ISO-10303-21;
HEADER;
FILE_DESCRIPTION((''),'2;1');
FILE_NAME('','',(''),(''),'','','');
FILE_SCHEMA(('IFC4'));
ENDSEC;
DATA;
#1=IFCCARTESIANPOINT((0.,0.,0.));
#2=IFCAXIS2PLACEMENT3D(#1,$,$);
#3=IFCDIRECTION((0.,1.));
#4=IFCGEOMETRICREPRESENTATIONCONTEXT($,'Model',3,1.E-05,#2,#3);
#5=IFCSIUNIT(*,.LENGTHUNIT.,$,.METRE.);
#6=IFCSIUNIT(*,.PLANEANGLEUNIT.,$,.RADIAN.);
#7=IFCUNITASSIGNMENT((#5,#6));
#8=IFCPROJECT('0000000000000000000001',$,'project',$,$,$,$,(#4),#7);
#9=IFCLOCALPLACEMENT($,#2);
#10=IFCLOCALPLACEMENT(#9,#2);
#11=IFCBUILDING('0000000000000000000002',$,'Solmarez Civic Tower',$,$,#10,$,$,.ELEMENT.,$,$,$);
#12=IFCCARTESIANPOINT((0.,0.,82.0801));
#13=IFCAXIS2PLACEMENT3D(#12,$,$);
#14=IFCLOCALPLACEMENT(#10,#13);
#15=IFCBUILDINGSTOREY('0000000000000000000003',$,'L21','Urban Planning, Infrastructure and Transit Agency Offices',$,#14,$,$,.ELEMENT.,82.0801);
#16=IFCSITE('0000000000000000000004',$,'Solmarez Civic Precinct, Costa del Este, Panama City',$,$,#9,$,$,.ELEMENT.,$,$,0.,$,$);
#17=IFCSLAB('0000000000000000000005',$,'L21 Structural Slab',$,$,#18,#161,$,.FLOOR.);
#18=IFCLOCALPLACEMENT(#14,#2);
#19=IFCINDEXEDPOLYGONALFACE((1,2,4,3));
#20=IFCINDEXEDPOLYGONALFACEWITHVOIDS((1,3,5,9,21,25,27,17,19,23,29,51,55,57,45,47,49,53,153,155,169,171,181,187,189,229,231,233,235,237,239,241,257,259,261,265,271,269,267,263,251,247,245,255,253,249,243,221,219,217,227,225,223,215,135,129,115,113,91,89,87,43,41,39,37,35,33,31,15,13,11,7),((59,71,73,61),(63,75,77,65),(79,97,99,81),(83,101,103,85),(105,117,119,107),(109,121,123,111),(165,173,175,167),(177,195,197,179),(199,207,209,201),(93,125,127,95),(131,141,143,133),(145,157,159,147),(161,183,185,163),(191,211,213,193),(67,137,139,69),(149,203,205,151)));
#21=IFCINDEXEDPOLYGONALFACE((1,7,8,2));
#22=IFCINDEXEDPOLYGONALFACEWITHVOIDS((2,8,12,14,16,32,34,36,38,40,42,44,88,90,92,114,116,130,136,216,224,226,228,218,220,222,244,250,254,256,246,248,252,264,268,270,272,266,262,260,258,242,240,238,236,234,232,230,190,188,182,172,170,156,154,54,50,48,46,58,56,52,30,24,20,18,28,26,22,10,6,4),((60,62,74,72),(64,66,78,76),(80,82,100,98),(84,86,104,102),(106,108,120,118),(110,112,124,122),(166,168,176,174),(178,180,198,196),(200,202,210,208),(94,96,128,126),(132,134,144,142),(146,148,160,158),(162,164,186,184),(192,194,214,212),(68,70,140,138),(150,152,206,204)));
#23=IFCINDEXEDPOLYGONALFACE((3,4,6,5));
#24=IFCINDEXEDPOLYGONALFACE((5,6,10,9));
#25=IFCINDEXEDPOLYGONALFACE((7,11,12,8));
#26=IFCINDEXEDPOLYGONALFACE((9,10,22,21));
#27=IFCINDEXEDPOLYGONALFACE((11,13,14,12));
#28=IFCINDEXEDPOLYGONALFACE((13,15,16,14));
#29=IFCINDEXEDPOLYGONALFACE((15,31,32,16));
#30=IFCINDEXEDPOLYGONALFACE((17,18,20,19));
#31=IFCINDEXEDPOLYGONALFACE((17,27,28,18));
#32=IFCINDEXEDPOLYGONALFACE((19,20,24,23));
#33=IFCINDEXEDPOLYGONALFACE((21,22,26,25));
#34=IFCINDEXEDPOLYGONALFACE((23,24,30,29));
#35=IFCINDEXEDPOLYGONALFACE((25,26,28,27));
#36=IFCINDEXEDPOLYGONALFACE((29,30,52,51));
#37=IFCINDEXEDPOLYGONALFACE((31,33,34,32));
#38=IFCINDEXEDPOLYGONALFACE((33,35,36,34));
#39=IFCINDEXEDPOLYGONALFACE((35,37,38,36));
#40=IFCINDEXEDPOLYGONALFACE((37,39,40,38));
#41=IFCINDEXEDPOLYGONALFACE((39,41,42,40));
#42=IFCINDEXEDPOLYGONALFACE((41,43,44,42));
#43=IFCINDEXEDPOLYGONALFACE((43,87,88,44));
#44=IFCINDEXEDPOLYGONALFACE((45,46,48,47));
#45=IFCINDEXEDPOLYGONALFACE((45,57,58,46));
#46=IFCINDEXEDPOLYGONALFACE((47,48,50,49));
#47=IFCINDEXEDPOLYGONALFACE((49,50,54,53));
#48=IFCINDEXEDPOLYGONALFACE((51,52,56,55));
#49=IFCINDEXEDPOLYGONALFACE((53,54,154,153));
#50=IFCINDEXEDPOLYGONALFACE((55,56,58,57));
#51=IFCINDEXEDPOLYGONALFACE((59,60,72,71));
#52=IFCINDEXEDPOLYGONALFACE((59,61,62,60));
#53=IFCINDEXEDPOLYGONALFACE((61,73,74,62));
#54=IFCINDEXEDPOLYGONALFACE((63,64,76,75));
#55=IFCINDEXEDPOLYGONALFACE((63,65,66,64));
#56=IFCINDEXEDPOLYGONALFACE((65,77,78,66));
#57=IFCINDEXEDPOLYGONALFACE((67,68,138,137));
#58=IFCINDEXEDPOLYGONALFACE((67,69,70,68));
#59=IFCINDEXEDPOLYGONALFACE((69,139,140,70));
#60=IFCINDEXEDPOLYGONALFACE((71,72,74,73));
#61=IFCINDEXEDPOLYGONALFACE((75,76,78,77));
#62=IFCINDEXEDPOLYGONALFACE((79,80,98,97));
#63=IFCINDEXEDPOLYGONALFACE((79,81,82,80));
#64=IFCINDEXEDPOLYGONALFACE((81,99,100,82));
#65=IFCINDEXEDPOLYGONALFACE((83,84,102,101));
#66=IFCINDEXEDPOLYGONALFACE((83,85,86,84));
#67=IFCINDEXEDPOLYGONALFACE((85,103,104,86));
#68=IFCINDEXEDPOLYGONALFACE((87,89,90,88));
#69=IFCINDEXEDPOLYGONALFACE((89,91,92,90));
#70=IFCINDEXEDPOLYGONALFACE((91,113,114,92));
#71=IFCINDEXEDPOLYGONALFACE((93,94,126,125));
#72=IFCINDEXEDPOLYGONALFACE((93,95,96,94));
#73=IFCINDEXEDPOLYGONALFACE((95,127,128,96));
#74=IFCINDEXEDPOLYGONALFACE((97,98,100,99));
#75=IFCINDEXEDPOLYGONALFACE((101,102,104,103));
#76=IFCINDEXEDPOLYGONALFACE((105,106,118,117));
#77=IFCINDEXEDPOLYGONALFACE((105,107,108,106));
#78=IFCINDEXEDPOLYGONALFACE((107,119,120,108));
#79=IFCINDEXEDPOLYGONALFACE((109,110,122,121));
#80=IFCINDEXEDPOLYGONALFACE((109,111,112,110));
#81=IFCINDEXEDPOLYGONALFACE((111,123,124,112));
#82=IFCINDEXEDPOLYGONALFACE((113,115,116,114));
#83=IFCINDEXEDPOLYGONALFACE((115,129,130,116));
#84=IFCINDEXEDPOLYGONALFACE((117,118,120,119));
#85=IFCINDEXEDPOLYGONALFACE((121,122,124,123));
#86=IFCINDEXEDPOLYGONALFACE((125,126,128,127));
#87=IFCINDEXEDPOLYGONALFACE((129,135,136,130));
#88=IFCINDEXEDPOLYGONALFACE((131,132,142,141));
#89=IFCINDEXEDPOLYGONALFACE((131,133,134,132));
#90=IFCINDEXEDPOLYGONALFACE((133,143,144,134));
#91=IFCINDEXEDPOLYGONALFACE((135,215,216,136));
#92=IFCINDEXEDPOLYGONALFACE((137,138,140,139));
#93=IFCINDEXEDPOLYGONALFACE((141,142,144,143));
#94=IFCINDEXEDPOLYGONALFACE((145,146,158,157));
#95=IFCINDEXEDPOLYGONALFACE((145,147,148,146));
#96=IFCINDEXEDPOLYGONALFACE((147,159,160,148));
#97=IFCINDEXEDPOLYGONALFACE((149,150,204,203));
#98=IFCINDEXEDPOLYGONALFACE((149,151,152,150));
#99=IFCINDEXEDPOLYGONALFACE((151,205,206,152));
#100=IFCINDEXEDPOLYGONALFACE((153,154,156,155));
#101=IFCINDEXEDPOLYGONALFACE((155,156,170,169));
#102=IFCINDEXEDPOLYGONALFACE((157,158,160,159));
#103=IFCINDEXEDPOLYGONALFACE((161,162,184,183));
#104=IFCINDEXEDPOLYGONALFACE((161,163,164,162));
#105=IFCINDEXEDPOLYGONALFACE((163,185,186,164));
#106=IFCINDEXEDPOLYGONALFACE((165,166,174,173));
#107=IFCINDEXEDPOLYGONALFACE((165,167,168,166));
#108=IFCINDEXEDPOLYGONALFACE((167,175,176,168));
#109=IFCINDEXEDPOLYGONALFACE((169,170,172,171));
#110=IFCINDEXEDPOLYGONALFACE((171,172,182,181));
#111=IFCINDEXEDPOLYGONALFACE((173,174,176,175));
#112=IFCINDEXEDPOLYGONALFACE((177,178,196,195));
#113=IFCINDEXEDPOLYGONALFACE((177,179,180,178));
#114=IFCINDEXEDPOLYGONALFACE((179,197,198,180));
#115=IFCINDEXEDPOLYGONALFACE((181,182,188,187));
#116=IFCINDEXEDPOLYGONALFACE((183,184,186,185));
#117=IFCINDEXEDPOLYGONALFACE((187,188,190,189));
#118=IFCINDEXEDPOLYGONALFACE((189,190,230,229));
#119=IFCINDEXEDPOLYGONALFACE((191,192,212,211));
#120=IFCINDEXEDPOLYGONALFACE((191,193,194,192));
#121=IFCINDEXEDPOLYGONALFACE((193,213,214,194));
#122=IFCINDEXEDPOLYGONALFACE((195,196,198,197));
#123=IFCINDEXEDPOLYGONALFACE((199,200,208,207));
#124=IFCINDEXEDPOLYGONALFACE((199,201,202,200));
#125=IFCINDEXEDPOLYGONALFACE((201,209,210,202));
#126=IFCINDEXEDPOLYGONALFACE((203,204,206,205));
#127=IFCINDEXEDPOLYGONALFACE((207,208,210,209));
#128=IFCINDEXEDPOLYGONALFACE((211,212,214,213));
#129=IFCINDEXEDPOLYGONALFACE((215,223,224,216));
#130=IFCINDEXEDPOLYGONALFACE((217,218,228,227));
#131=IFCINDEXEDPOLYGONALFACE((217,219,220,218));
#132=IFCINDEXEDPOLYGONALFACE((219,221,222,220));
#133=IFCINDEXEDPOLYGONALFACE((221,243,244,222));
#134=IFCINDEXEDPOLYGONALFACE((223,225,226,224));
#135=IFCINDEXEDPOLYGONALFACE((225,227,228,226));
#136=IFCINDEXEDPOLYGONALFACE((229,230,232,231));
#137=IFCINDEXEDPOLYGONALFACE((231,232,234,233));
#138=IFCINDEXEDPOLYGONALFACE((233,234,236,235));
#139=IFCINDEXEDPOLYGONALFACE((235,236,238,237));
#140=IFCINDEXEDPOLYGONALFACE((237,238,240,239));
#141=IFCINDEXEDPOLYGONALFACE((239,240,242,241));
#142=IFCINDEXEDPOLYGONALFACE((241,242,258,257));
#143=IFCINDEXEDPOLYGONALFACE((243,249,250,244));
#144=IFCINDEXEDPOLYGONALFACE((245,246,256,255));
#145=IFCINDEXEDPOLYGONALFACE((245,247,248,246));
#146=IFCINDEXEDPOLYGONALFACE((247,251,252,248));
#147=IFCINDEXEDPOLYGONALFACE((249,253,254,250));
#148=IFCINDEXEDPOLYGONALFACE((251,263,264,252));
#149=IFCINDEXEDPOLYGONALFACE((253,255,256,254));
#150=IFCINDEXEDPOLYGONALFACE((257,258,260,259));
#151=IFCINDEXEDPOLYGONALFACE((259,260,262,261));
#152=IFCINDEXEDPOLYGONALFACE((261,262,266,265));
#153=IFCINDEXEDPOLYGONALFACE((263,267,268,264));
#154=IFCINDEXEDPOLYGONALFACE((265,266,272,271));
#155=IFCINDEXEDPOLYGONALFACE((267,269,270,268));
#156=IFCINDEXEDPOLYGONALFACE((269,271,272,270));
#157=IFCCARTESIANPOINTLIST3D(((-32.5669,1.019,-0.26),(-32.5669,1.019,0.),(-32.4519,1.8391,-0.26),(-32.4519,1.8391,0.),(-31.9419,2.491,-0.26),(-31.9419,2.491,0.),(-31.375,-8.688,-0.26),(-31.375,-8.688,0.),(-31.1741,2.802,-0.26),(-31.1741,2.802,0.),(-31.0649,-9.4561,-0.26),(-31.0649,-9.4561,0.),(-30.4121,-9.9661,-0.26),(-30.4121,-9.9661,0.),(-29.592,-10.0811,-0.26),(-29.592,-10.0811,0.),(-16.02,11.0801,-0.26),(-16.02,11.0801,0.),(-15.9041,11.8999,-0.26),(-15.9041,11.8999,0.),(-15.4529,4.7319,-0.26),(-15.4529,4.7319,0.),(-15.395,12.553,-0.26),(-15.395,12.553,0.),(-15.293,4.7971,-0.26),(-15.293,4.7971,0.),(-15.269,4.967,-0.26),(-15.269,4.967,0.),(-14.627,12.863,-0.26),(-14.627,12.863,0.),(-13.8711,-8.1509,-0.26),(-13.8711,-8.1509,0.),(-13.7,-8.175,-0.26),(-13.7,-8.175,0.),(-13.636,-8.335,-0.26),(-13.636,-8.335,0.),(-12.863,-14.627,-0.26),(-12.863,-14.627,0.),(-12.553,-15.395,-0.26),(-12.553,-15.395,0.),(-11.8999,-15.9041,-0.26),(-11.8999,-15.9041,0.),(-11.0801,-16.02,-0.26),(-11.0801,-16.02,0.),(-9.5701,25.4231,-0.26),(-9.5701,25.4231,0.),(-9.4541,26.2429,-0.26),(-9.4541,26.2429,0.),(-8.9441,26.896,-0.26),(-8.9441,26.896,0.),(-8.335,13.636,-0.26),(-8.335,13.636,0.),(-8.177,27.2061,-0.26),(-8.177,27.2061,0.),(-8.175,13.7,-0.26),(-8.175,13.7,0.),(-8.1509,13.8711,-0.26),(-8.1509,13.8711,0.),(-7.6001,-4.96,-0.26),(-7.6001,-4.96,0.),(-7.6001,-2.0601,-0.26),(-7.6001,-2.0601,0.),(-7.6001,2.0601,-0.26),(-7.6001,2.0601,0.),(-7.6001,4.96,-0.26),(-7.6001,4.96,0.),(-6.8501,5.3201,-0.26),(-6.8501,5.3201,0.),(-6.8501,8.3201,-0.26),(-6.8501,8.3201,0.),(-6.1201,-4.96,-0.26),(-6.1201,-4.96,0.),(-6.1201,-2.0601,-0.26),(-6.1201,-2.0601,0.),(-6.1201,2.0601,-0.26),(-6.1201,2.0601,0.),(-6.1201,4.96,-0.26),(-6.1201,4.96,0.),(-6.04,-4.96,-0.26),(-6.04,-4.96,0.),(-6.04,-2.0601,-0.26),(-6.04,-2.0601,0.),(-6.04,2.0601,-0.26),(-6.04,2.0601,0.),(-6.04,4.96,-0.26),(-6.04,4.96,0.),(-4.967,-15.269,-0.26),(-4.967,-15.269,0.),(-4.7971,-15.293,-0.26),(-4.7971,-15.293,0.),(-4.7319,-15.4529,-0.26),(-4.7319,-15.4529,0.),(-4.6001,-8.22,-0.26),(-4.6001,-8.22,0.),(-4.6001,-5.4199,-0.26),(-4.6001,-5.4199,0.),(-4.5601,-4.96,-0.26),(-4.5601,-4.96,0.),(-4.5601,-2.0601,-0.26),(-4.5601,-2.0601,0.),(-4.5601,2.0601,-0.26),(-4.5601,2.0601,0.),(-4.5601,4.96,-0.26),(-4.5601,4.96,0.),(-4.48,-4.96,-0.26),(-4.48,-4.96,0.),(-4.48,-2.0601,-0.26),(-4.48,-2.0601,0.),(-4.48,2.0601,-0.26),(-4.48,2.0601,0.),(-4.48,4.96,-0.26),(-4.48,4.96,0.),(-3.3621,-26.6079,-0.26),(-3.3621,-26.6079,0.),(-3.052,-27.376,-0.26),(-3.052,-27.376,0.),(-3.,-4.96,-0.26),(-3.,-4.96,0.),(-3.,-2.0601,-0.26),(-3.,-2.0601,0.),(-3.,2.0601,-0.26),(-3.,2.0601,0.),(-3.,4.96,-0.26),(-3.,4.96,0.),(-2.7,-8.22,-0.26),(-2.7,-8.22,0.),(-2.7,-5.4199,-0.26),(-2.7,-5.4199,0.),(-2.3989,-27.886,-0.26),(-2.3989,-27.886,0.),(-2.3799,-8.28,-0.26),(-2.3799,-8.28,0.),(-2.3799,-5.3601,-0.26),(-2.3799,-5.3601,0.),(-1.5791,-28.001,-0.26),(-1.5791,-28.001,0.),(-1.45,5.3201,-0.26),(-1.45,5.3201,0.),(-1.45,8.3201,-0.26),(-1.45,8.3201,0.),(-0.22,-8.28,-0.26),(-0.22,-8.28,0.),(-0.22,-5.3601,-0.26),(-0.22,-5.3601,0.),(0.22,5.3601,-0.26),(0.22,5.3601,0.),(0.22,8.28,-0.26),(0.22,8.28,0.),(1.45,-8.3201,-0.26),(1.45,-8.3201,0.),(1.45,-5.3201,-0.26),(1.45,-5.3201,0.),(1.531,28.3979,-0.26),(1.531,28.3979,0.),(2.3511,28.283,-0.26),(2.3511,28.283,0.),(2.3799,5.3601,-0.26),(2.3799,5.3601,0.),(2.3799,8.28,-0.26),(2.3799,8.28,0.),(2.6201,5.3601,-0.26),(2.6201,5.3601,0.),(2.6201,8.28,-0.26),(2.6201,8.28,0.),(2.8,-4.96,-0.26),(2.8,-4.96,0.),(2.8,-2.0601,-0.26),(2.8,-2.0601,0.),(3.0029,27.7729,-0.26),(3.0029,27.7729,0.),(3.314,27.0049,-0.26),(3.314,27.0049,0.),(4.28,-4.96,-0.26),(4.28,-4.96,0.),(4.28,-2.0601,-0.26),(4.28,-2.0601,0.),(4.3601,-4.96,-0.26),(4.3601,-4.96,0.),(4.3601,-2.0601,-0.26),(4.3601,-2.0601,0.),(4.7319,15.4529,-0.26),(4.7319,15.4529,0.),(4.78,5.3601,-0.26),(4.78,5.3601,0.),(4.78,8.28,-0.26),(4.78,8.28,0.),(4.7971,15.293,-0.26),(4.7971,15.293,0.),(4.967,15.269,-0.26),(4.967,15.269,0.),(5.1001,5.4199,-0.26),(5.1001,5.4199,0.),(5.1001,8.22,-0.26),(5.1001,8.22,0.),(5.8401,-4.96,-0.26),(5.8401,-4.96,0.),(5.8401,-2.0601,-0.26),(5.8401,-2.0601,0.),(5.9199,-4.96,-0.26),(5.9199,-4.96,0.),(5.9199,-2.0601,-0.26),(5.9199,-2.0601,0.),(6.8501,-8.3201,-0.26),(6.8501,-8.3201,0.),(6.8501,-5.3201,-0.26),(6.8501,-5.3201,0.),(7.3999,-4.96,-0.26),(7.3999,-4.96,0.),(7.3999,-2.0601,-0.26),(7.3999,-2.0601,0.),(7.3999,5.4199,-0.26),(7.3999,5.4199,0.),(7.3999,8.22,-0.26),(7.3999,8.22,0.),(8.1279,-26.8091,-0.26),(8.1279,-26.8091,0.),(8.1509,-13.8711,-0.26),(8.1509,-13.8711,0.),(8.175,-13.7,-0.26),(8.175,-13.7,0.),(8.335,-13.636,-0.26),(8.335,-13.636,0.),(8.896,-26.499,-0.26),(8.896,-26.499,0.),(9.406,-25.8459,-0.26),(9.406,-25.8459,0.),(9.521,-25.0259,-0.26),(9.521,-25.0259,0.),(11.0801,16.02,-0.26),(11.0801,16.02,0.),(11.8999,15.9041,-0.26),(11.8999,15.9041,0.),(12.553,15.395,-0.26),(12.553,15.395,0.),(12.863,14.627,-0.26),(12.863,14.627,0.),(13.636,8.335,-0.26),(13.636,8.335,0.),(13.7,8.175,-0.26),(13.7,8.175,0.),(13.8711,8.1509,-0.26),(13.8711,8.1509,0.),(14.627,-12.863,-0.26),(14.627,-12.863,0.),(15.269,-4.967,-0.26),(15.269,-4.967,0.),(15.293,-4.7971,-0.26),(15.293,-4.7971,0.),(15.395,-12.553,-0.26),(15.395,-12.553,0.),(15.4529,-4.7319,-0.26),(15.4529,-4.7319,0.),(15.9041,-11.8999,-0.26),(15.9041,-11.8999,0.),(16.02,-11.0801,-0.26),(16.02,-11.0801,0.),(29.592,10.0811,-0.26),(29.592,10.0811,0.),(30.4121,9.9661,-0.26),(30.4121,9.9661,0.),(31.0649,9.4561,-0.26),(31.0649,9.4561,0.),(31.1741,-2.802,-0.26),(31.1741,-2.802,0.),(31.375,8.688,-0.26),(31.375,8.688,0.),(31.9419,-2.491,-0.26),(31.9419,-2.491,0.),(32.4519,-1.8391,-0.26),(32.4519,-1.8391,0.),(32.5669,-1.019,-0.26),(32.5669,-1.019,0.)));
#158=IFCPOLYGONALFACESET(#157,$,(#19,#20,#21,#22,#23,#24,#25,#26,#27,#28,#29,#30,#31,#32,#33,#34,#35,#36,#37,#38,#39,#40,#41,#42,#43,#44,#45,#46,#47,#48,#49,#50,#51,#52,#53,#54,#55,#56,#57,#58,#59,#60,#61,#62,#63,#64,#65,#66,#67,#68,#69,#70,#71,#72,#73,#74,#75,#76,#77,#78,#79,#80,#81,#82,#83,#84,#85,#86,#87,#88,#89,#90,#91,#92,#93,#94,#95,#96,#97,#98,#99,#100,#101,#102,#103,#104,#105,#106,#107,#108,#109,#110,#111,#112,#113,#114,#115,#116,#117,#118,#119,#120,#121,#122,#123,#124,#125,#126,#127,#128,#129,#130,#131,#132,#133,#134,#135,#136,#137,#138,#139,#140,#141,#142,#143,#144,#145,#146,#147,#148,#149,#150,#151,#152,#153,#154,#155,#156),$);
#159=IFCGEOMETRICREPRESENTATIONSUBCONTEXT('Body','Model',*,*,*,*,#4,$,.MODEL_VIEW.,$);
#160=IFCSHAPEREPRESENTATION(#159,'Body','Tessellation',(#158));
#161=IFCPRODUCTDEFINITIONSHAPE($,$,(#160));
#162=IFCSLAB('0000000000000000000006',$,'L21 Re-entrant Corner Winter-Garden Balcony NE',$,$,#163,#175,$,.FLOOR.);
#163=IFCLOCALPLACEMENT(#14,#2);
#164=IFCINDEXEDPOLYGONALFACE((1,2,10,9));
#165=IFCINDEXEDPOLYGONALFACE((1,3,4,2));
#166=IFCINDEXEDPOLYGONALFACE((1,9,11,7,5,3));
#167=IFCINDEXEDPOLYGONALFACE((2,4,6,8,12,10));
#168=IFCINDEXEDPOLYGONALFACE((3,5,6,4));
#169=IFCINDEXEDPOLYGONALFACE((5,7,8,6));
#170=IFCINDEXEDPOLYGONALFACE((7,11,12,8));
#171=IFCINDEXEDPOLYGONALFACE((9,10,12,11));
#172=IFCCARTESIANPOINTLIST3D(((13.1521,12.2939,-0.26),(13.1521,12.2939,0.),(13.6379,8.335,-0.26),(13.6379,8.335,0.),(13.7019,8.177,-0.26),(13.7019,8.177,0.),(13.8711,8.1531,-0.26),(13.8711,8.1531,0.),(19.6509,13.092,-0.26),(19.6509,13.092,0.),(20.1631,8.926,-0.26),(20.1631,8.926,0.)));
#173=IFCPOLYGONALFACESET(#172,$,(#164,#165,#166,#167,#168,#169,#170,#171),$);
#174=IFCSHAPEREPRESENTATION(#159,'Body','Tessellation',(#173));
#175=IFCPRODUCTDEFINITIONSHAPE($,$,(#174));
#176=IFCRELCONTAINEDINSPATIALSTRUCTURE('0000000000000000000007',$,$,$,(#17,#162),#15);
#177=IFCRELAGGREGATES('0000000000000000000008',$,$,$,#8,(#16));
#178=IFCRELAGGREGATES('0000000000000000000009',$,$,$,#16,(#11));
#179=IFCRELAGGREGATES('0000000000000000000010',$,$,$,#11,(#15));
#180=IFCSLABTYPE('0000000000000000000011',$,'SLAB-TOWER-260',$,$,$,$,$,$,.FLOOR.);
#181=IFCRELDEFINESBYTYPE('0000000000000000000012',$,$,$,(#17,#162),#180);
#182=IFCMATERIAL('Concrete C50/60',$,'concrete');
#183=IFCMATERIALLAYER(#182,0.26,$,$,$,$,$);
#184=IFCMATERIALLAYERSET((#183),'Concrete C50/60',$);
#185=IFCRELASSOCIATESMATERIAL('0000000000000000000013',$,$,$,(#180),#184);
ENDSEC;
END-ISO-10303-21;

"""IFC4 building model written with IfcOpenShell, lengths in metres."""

from ifc_helpers import new_model, si_unit, direction, frame, origin, place, context, subcontext, project, spatial, polyline, outline, extrude, material, layer, layer_set, type_object, element, save


model = new_model("IFC4")

# Units and contexts
model_context = context("Model", 3, precision=1e-05, world=origin(), true_north=direction((0.0, 1.0)))
body_context = subcontext(model_context, "Body", "Model", "MODEL_VIEW")
ifc_project = project(units=[si_unit("LENGTHUNIT", "METRE"), si_unit("PLANEANGLEUNIT", "RADIAN")], contexts=[model_context])

# Site, building, storey
site_placement = place(None, origin())
site = spatial("IfcSite", under=ifc_project, at=site_placement, Name="Solmarez Civic Precinct, Costa del Este, Panama City", CompositionType="ELEMENT", RefElevation=0.0)
building_placement = place(site_placement, origin())
building = spatial("IfcBuilding", under=site, at=building_placement, Name="Solmarez Civic Tower", CompositionType="ELEMENT")
storey_placement = place(building_placement, frame((0.0, 0.0, 82.0801)))
storey = spatial("IfcBuildingStorey", under=building, at=storey_placement, Name="L21", Description="Urban Planning, Infrastructure and Transit Agency Offices", CompositionType="ELEMENT", Elevation=82.0801)

# Shared definitions
ifc_material_1 = material(Name="Concrete C50/60", Category="concrete")

# Slabs
ifc_layer_1 = layer(ifc_material_1, 0.26)
ifc_layer_set_1 = layer_set([ifc_layer_1], Name="Concrete C50/60")
slab_type_1 = type_object("IfcSlabType", Name="SLAB-TOWER-260", PredefinedType="FLOOR", material=ifc_layer_set_1)
slab_1_placement = place(storey_placement, frame((0.0, 0.0, -0.26)))
element("IfcSlab", 1, at=slab_1_placement, inside=storey, type_object=slab_type_1, Name="L21 Structural Slab", PredefinedType="FLOOR", context=body_context, shape_type="SweptSolid", body=[
    extrude(outline(polyline([(-13.636, -8.335), (-12.863, -14.627), (-12.553, -15.395), (-11.8999, -15.9041), (-11.0801, -16.02), (-4.967, -15.269), (-4.7971, -15.293), (-4.7319, -15.4529), (-3.3621, -26.6079), (-3.052, -27.376), (-2.3989, -27.886), (-1.5791, -28.001), (8.1279, -26.8091), (8.896, -26.499), (9.406, -25.8459), (9.521, -25.0259), (8.1509, -13.8711), (8.175, -13.7), (8.335, -13.636), (14.627, -12.863), (15.395, -12.553), (15.9041, -11.8999), (16.02, -11.0801), (15.269, -4.967), (15.293, -4.7971), (15.4529, -4.7319), (31.1741, -2.802), (31.9419, -2.491), (32.4519, -1.8391), (32.5669, -1.019), (31.375, 8.688), (31.0649, 9.4561), (30.4121, 9.9661), (29.592, 10.0811), (13.8711, 8.1509), (13.7, 8.175), (13.636, 8.335), (12.863, 14.627), (12.553, 15.395), (11.8999, 15.9041), (11.0801, 16.02), (4.967, 15.269), (4.7971, 15.293), (4.7319, 15.4529), (3.314, 27.0049), (3.0029, 27.7729), (2.3511, 28.283), (1.531, 28.3979), (-8.177, 27.2061), (-8.9441, 26.896), (-9.4541, 26.2429), (-9.5701, 25.4231), (-8.1509, 13.8711), (-8.175, 13.7), (-8.335, 13.636), (-14.627, 12.863), (-15.395, 12.553), (-15.9041, 11.8999), (-16.02, 11.0801), (-15.269, 4.967), (-15.293, 4.7971), (-15.4529, 4.7319), (-31.1741, 2.802), (-31.9419, 2.491), (-32.4519, 1.8391), (-32.5669, 1.019), (-31.375, -8.688), (-31.0649, -9.4561), (-30.4121, -9.9661), (-29.592, -10.0811), (-13.8711, -8.1509), (-13.7, -8.175), (-13.636, -8.335)]), holes=[polyline([(-1.45, 8.3201), (-6.8501, 8.3201), (-6.8501, 5.3201), (-1.45, 5.3201), (-1.45, 8.3201)]), polyline([(1.45, -8.3201), (6.8501, -8.3201), (6.8501, -5.3201), (1.45, -5.3201), (1.45, -8.3201)]), polyline([(0.22, 5.3601), (2.3799, 5.3601), (2.3799, 8.28), (0.22, 8.28), (0.22, 5.3601)]), polyline([(2.6201, 5.3601), (4.78, 5.3601), (4.78, 8.28), (2.6201, 8.28), (2.6201, 5.3601)]), polyline([(-2.3799, -8.28), (-0.22, -8.28), (-0.22, -5.3601), (-2.3799, -5.3601), (-2.3799, -8.28)]), polyline([(2.8, -4.96), (4.28, -4.96), (4.28, -2.0601), (2.8, -2.0601), (2.8, -4.96)]), polyline([(4.3601, -4.96), (5.8401, -4.96), (5.8401, -2.0601), (4.3601, -2.0601), (4.3601, -4.96)]), polyline([(5.9199, -4.96), (7.3999, -4.96), (7.3999, -2.0601), (5.9199, -2.0601), (5.9199, -4.96)]), polyline([(-7.6001, -4.96), (-6.1201, -4.96), (-6.1201, -2.0601), (-7.6001, -2.0601), (-7.6001, -4.96)]), polyline([(-6.04, -4.96), (-4.5601, -4.96), (-4.5601, -2.0601), (-6.04, -2.0601), (-6.04, -4.96)]), polyline([(-4.48, -4.96), (-3.0, -4.96), (-3.0, -2.0601), (-4.48, -2.0601), (-4.48, -4.96)]), polyline([(-7.6001, 2.0601), (-6.1201, 2.0601), (-6.1201, 4.96), (-7.6001, 4.96), (-7.6001, 2.0601)]), polyline([(-6.04, 2.0601), (-4.5601, 2.0601), (-4.5601, 4.96), (-6.04, 4.96), (-6.04, 2.0601)]), polyline([(-4.48, 2.0601), (-3.0, 2.0601), (-3.0, 4.96), (-4.48, 4.96), (-4.48, 2.0601)]), polyline([(5.1001, 5.4199), (7.3999, 5.4199), (7.3999, 8.22), (5.1001, 8.22), (5.1001, 5.4199)]), polyline([(-4.6001, -8.22), (-2.7, -8.22), (-2.7, -5.4199), (-4.6001, -5.4199), (-4.6001, -8.22)])]), origin(), (0.0, 0.0, 1.0), 0.26),
])
slab_2_placement = place(storey_placement, frame((0.0, 0.0, -0.26)))
element("IfcSlab", 2, at=slab_2_placement, inside=storey, type_object=slab_type_1, Name="L21 Re-entrant Corner Winter-Garden Balcony NE", PredefinedType="FLOOR", context=body_context, shape_type="SweptSolid", body=[
    extrude(outline(polyline([(13.1521, 12.2939), (13.6379, 8.335), (13.7019, 8.177), (13.8711, 8.1531), (20.1631, 8.926), (19.6509, 13.092), (13.1521, 12.2939)])), origin(), (0.0, 0.0, 1.0), 0.26),
])

save(model, "model.ifc")
